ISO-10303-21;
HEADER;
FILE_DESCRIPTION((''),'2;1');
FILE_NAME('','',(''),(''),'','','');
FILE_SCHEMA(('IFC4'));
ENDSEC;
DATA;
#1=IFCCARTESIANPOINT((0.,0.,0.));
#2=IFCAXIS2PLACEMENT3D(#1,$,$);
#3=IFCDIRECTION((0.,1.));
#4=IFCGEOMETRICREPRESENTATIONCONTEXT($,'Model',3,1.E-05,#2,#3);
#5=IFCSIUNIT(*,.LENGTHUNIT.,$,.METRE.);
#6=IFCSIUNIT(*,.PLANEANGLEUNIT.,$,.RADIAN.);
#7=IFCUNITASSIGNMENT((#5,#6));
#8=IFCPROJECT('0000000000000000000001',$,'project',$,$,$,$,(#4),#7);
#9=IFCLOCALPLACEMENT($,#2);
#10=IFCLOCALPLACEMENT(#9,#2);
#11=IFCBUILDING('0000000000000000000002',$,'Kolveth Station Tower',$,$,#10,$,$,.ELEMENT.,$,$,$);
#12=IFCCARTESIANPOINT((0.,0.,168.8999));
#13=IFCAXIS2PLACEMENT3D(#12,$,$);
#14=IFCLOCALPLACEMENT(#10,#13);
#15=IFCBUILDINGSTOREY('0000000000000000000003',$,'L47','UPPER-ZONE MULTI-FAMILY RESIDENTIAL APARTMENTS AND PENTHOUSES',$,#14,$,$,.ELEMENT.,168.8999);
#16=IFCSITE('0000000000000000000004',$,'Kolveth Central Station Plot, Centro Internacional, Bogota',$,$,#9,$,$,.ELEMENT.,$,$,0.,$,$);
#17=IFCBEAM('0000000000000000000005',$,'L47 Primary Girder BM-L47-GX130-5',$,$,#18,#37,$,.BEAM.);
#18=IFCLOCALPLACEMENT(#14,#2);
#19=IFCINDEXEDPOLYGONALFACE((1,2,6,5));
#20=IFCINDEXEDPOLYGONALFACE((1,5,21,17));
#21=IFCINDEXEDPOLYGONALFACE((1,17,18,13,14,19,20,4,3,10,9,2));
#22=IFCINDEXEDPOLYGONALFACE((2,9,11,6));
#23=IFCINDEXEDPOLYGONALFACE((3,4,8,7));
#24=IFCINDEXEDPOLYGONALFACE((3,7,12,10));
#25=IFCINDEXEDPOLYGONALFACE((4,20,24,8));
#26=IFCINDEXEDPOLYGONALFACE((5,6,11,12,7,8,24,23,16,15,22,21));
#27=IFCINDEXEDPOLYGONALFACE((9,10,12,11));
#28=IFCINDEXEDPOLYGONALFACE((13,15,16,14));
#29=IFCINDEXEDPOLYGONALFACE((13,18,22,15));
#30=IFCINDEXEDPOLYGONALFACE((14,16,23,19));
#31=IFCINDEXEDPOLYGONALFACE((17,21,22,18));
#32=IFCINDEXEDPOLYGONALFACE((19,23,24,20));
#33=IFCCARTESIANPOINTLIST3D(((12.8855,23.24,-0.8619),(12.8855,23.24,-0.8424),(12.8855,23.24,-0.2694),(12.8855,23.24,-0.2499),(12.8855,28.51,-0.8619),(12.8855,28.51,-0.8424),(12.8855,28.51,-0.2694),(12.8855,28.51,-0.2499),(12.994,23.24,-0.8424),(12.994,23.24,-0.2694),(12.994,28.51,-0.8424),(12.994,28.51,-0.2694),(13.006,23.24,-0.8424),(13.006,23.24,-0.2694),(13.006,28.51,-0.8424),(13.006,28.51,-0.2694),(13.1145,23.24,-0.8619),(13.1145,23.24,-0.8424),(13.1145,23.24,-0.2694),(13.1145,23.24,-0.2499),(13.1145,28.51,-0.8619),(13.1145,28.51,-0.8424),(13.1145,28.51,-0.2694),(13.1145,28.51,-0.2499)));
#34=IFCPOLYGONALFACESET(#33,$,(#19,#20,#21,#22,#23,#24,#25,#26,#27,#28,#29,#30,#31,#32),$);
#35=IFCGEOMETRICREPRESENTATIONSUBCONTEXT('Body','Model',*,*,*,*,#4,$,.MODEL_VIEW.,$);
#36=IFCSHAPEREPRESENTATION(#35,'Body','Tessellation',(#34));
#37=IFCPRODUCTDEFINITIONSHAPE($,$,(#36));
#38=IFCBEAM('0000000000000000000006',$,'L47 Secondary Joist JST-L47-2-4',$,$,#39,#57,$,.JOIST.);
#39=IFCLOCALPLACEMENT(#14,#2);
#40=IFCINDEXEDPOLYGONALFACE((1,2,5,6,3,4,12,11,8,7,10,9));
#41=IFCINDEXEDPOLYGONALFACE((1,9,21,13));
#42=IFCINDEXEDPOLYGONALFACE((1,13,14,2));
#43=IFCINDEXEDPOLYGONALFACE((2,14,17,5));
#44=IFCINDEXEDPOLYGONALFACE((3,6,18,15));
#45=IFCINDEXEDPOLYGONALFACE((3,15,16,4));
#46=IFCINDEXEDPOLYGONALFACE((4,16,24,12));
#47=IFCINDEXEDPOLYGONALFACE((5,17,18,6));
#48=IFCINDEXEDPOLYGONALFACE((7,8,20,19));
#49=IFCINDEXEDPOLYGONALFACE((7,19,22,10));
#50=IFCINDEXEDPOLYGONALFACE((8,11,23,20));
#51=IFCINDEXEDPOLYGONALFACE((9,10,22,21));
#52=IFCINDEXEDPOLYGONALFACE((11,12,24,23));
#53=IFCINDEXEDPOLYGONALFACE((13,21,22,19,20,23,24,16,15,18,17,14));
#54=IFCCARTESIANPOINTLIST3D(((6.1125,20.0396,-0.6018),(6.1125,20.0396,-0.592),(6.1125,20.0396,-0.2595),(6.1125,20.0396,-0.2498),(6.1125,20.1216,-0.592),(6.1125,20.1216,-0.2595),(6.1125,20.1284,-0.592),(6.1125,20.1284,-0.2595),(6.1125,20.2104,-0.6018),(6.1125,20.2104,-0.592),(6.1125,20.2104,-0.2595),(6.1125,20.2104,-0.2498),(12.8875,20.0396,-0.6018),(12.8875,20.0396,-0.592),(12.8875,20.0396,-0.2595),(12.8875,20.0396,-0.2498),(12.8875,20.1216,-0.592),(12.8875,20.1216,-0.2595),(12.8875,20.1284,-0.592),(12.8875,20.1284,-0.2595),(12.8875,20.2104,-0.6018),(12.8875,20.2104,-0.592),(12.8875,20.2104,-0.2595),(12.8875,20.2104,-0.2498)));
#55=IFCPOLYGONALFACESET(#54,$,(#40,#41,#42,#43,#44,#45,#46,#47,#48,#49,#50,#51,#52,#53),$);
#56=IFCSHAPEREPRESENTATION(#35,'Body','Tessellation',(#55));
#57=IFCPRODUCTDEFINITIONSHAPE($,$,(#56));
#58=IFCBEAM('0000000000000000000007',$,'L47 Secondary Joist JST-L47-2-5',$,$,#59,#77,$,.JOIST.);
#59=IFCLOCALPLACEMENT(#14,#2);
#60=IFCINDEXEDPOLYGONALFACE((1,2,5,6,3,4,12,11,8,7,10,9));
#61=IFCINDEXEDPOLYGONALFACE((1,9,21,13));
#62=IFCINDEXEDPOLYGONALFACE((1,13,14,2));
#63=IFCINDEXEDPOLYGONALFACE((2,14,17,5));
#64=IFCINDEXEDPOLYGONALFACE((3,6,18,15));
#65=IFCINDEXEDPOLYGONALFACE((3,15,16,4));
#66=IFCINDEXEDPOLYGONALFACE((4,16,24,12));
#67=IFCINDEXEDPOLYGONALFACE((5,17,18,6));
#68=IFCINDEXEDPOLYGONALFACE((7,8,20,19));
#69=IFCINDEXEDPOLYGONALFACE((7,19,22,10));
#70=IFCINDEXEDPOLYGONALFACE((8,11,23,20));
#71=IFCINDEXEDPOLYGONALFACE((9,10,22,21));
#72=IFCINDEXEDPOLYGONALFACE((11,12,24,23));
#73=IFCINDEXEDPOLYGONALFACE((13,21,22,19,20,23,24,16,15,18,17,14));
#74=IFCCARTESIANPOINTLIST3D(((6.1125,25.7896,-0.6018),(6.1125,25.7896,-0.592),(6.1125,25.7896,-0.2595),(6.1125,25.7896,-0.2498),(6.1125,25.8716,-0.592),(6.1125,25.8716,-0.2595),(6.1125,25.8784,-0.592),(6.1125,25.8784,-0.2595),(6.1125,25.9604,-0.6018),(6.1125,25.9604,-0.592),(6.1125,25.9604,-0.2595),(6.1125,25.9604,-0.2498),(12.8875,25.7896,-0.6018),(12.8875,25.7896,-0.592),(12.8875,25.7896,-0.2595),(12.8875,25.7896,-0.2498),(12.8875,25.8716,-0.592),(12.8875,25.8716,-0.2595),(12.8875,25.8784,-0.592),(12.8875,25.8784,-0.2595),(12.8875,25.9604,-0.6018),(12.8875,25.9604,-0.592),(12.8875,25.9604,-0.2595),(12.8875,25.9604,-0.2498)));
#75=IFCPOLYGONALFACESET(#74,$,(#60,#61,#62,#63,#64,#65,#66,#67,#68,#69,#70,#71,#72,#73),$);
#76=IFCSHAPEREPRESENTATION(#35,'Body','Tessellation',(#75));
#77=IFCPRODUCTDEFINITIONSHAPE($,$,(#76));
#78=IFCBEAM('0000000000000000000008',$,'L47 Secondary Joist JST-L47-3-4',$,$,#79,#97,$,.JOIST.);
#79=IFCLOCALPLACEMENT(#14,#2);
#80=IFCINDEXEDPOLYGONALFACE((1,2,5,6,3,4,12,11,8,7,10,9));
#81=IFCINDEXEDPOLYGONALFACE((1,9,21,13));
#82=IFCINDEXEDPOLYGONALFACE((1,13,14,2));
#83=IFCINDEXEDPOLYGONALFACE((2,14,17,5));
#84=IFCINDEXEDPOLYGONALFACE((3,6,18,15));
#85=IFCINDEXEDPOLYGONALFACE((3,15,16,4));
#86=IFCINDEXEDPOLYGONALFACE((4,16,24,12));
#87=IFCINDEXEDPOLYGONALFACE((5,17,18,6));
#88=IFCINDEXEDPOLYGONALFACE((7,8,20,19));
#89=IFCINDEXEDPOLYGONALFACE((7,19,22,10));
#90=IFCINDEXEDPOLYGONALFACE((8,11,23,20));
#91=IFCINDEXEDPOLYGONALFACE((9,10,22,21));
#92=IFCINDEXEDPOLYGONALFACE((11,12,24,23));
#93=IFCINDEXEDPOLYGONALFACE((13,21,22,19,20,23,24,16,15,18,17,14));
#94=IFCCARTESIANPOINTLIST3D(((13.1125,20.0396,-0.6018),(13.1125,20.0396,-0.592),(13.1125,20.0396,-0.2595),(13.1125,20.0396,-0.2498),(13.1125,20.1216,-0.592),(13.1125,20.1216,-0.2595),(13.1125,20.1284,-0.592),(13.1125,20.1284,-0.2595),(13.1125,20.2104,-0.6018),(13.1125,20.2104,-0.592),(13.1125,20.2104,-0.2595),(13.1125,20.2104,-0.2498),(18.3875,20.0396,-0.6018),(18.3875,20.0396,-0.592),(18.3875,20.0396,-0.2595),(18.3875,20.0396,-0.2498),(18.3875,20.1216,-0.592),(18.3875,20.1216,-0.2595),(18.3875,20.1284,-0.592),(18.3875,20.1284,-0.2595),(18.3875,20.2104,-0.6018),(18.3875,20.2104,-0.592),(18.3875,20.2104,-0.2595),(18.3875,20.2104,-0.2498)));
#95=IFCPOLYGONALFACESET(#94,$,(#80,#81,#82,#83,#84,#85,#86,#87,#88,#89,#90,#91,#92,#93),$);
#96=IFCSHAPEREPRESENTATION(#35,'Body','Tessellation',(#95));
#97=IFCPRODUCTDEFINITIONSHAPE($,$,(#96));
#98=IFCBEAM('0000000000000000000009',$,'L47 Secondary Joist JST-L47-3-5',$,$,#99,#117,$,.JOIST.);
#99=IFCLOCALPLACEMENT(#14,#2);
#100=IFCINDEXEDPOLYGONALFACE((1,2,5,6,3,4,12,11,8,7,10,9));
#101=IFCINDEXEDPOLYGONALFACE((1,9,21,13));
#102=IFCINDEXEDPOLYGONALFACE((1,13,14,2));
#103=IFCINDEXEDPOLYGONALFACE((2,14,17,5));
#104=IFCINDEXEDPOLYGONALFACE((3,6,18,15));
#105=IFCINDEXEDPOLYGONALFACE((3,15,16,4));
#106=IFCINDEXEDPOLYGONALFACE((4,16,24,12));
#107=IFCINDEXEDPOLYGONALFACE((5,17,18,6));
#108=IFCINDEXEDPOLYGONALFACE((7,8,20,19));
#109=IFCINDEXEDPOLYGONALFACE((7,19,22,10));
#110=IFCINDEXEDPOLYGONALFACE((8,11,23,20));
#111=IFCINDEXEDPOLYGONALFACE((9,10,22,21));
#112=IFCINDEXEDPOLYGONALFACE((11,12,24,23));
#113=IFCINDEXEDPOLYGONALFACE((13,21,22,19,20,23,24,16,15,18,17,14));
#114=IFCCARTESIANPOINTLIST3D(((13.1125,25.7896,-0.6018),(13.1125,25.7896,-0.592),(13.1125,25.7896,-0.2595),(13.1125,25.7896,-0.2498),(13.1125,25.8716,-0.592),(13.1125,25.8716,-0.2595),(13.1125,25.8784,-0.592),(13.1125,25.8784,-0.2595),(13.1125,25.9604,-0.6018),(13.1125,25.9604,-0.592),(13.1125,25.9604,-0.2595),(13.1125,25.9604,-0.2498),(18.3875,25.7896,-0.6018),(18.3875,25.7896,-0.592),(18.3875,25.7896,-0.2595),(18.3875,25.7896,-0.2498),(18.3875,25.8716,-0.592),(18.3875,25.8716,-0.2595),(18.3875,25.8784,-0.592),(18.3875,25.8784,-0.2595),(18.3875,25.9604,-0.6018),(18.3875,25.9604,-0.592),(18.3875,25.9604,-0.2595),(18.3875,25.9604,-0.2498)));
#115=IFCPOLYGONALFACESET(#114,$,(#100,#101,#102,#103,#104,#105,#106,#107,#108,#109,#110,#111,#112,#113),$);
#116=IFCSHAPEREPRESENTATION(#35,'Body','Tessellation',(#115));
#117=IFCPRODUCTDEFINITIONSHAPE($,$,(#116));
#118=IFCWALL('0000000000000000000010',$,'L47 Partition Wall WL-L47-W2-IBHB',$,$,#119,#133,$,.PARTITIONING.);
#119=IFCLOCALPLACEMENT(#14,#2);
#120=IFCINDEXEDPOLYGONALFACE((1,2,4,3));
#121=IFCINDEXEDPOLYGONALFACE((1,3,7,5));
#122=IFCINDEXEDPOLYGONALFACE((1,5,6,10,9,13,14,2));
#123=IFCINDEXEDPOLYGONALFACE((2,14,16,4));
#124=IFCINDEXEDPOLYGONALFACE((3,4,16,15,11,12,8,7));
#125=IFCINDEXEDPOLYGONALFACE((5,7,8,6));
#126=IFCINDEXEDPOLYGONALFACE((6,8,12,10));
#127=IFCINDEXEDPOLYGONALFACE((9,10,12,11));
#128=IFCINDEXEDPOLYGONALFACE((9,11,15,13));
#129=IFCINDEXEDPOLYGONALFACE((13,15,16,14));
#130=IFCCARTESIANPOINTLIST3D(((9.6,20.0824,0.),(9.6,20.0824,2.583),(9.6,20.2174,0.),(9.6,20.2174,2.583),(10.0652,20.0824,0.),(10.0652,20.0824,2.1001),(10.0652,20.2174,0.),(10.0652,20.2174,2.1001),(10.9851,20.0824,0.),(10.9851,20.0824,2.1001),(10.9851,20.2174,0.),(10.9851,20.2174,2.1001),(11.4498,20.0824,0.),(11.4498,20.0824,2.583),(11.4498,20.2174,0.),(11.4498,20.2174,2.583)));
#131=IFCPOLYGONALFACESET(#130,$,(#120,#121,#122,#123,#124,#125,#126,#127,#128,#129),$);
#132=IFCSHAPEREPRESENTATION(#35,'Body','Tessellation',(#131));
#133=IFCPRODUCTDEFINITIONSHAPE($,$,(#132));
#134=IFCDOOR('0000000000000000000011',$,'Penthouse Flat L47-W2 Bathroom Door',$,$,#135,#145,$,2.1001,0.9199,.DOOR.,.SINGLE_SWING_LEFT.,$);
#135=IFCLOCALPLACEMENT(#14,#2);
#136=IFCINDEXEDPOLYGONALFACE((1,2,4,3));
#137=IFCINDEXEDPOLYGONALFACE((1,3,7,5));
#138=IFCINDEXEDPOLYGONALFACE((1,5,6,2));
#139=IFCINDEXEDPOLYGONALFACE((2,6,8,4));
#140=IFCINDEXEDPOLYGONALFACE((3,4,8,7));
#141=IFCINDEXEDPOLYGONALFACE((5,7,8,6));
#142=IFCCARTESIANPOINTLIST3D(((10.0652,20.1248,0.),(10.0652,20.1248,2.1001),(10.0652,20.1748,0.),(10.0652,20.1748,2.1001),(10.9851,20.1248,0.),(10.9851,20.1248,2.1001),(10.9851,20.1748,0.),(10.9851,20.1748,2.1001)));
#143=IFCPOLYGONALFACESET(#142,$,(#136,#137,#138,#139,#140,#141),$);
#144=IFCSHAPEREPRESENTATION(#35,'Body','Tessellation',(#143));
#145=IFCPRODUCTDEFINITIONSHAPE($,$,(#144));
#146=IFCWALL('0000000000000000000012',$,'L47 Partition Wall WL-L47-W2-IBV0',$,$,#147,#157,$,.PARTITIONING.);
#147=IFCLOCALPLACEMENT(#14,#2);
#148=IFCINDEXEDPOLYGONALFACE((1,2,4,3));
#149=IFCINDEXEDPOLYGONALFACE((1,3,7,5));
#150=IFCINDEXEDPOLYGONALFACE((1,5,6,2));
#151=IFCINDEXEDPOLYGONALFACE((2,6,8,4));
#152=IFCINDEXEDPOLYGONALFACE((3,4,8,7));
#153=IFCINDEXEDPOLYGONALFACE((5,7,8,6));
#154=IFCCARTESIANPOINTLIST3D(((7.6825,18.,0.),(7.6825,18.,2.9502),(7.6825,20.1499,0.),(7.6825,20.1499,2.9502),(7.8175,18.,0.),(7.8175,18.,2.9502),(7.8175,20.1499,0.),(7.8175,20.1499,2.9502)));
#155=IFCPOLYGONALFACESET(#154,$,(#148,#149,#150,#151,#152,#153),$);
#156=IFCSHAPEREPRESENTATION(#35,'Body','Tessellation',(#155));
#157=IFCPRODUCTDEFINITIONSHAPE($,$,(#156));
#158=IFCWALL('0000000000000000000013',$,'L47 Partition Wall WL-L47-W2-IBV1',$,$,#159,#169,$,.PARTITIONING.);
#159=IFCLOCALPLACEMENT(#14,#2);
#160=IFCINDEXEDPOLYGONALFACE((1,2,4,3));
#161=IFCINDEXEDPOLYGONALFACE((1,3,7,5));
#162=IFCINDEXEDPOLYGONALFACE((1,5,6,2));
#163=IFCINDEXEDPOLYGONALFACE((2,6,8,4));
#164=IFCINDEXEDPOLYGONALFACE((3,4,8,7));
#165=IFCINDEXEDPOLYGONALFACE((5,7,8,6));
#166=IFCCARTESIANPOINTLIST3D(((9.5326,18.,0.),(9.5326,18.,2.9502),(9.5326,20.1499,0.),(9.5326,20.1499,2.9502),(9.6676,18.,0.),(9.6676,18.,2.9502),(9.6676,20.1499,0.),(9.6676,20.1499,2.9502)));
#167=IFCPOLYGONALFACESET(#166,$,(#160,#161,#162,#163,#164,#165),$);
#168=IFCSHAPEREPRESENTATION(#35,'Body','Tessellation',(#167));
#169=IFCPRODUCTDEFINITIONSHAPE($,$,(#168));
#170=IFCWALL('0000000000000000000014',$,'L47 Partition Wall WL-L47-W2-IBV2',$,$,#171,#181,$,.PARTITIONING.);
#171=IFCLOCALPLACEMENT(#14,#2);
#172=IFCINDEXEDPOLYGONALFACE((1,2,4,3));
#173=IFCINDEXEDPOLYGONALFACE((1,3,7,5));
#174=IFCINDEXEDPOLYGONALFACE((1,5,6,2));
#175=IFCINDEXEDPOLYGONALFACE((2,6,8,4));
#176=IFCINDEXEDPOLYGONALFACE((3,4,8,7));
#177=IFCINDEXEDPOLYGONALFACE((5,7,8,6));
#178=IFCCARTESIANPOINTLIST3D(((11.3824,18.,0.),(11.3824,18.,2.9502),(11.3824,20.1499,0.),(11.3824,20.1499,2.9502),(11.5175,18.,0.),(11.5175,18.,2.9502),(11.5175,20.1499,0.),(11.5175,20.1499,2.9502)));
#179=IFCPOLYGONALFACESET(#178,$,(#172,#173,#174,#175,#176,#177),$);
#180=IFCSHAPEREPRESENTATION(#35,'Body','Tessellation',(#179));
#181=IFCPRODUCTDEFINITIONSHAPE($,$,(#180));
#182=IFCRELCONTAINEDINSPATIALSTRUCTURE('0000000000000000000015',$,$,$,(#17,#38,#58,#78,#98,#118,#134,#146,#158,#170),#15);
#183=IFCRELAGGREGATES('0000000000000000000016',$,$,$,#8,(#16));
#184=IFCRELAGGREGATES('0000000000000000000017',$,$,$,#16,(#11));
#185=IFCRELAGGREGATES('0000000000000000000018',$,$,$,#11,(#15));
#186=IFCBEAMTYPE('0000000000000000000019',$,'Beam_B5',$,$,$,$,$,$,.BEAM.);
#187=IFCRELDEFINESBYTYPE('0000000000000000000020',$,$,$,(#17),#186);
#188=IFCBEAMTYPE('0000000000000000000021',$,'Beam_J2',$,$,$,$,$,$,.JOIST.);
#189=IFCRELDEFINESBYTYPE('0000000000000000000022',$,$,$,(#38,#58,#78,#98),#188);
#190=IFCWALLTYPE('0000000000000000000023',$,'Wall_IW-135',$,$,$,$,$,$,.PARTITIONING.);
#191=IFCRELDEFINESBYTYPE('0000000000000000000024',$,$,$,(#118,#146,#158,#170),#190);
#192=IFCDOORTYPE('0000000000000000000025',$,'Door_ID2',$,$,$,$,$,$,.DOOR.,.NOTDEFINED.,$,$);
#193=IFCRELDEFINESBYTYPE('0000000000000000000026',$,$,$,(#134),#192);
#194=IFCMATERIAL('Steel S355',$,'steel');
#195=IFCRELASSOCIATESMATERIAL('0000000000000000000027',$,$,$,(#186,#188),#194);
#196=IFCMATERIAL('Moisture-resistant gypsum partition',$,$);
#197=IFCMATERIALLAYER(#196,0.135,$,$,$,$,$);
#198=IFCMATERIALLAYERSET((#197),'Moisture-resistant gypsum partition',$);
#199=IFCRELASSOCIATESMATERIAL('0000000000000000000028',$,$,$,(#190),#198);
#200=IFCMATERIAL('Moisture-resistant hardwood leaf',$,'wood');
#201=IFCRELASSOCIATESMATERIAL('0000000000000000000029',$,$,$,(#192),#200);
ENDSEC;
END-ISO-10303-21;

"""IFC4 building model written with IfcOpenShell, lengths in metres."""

from ifc_helpers import new_model, si_unit, direction, frame, frame_2d, origin, origin_2d, place, context, subcontext, project, spatial, rectangle, i_section, extrude, source, transform, mapped, material, layer, layer_set, material_profile, profile_set, type_object, element, fill, save


model = new_model("IFC4")

# Units and contexts
model_context = context("Model", 3, precision=1e-05, world=origin(), true_north=direction((0.0, 1.0)))
body_context = subcontext(model_context, "Body", "Model", "MODEL_VIEW")
ifc_project = project(units=[si_unit("LENGTHUNIT", "METRE"), si_unit("PLANEANGLEUNIT", "RADIAN")], contexts=[model_context])

# Site, building, storey
site_placement = place(None, origin())
site = spatial("IfcSite", under=ifc_project, at=site_placement, Name="Kolveth Central Station Plot, Centro Internacional, Bogota", CompositionType="ELEMENT", RefElevation=0.0)
building_placement = place(site_placement, origin())
building = spatial("IfcBuilding", under=site, at=building_placement, Name="Kolveth Station Tower", CompositionType="ELEMENT")
storey_placement = place(building_placement, frame((0.0, 0.0, 168.8999)))
storey = spatial("IfcBuildingStorey", under=building, at=storey_placement, Name="L47", Description="UPPER-ZONE MULTI-FAMILY RESIDENTIAL APARTMENTS AND PENTHOUSES", CompositionType="ELEMENT", Elevation=168.8999)

# Shared definitions
ifc_material_1 = material(Name="Steel S355", Category="steel")

# Beams
ifc_material_profile_1 = material_profile(ifc_material_1, i_section(OverallWidth=0.229, OverallDepth=0.6121, WebThickness=0.012, FlangeThickness=0.0195, at=origin_2d()), Name="W610x125")
ifc_profile_set_1 = profile_set([ifc_material_profile_1], Name="Steel S355")
beam_type_1 = type_object("IfcBeamType", Name="Beam_B5", PredefinedType="BEAM", material=ifc_profile_set_1)
shared_shape_1 = source(origin(), body_context, "Body", "SweptSolid", [
    extrude(i_section(OverallWidth=0.229, OverallDepth=0.6121, WebThickness=0.012, FlangeThickness=0.0195, at=origin_2d()), origin(), (0.0, 0.0, 1.0), 5.27),
])
for number, where, z_axis, x_axis, name in (
    (1, (13.0, 23.24, -0.5559), (0.0, 1.0, 0.0), (-1.0, 0.0, 0.0), "L47 Primary Girder BM-L47-GX130-5"),
):
    element("IfcBeam", number, at=place(storey_placement, frame(where, z_axis=z_axis, x_axis=x_axis)), inside=storey, type_object=beam_type_1, Name=name, PredefinedType="BEAM", context=body_context, shape_type="MappedRepresentation", body=[
        mapped(shared_shape_1, transform((0.0, 0.0, 0.0), x_axis=(1.0, 0.0, 0.0), y_axis=(0.0, 1.0, 0.0), z_axis=(0.0, 0.0, 1.0), scale=1.0)),
    ])
ifc_material_profile_2 = material_profile(ifc_material_1, i_section(OverallWidth=0.1709, OverallDepth=0.3521, WebThickness=0.0068, FlangeThickness=0.0098, at=origin_2d()), Name="W360x44")
ifc_profile_set_2 = profile_set([ifc_material_profile_2], Name="Steel S355")
beam_type_2 = type_object("IfcBeamType", Name="Beam_J2", PredefinedType="JOIST", material=ifc_profile_set_2)
shared_shape_2 = source(origin(), body_context, "Body", "SweptSolid", [
    extrude(i_section(OverallWidth=0.1709, OverallDepth=0.3521, WebThickness=0.0068, FlangeThickness=0.0098, at=origin_2d()), origin(), (0.0, 0.0, 1.0), 6.7749),
])
for number, where, z_axis, x_axis, name in (
    (2, (6.1125, 20.125, -0.4258), (1.0, 0.0, 0.0), (0.0, 1.0, 0.0), "L47 Secondary Joist JST-L47-2-4"),
    (3, (6.1125, 25.875, -0.4258), (1.0, 0.0, 0.0), (0.0, 1.0, 0.0), "L47 Secondary Joist JST-L47-2-5"),
):
    element("IfcBeam", number, at=place(storey_placement, frame(where, z_axis=z_axis, x_axis=x_axis)), inside=storey, type_object=beam_type_2, Name=name, PredefinedType="JOIST", context=body_context, shape_type="MappedRepresentation", body=[
        mapped(shared_shape_2, transform((0.0, 0.0, 0.0), x_axis=(1.0, 0.0, 0.0), y_axis=(0.0, 1.0, 0.0), z_axis=(0.0, 0.0, 1.0), scale=1.0)),
    ])
shared_shape_3 = source(origin(), body_context, "Body", "SweptSolid", [
    extrude(i_section(OverallWidth=0.1709, OverallDepth=0.3521, WebThickness=0.0068, FlangeThickness=0.0098, at=origin_2d()), origin(), (0.0, 0.0, 1.0), 5.2749),
])
for number, where, z_axis, x_axis, name in (
    (4, (13.1125, 20.125, -0.4258), (1.0, 0.0, 0.0), (0.0, 1.0, 0.0), "L47 Secondary Joist JST-L47-3-4"),
    (5, (13.1125, 25.875, -0.4258), (1.0, 0.0, 0.0), (0.0, 1.0, 0.0), "L47 Secondary Joist JST-L47-3-5"),
):
    element("IfcBeam", number, at=place(storey_placement, frame(where, z_axis=z_axis, x_axis=x_axis)), inside=storey, type_object=beam_type_2, Name=name, PredefinedType="JOIST", context=body_context, shape_type="MappedRepresentation", body=[
        mapped(shared_shape_3, transform((0.0, 0.0, 0.0), x_axis=(1.0, 0.0, 0.0), y_axis=(0.0, 1.0, 0.0), z_axis=(0.0, 0.0, 1.0), scale=1.0)),
    ])

# Wall, opening, door
ifc_material_2 = material(Name="Moisture-resistant gypsum partition")
ifc_layer_1 = layer(ifc_material_2, 0.135)
ifc_layer_set_1 = layer_set([ifc_layer_1], Name="Moisture-resistant gypsum partition")
wall_type_1 = type_object("IfcWallType", Name="Wall_IW-135", PredefinedType="PARTITIONING", material=ifc_layer_set_1)
wall_1_placement = place(storey_placement, frame((9.6001, 20.1499, 0.0), z_axis=(0.0, 0.0, 1.0), x_axis=(1.0, 0.0, 0.0)))
wall_1 = element("IfcWall", 6, at=wall_1_placement, inside=storey, type_object=wall_type_1, Name="L47 Partition Wall WL-L47-W2-IBHB", PredefinedType="PARTITIONING", context=body_context, shape_type="SweptSolid", body=[
    extrude(rectangle(XDim=1.8499, YDim=0.135, at=frame_2d((0.9248, 0.0))), origin(), (0.0, 0.0, 1.0), 2.583),
])
opening_1_placement = place(wall_1_placement, frame((0.4651, 0.0, 0.0)))
opening_1 = element("IfcOpeningElement", 7, at=opening_1_placement, cuts=wall_1, PredefinedType="OPENING", context=body_context, shape_type="SweptSolid", body=[
    extrude(rectangle(XDim=0.9199, YDim=2.1001, at=frame_2d((0.46, 1.05))), frame((0.0, 0.0774, 0.0), z_axis=(0.0, -1.0, 0.0), x_axis=(1.0, 0.0, 0.0)), (0.0, 0.0, 1.0), 0.155),
])
ifc_material_3 = material(Name="Moisture-resistant hardwood leaf", Category="wood")
door_type_1 = type_object("IfcDoorType", Name="Door_ID2", OperationType="NOTDEFINED", PredefinedType="DOOR", material=ifc_material_3)
door_1_placement = place(opening_1_placement, origin())
door_1 = element("IfcDoor", 8, at=door_1_placement, inside=storey, type_object=door_type_1, Name="Penthouse Flat L47-W2 Bathroom Door", OperationType="SINGLE_SWING_LEFT", OverallHeight=2.1001, OverallWidth=0.9199, PredefinedType="DOOR", context=body_context, shape_type="SweptSolid", body=[
    extrude(rectangle(XDim=0.9199, YDim=2.1001, at=frame_2d((0.46, 1.05))), frame((0.0, 0.0249, 0.0), z_axis=(0.0, -1.0, 0.0), x_axis=(1.0, 0.0, 0.0)), (0.0, 0.0, 1.0), 0.05),
])
fill(opening_1, door_1)

# Walls
for number, where, z_axis, x_axis, name in (
    (9, (7.75, 18.0, 0.0), (0.0, 0.0, 1.0), (0.0, 1.0, 0.0), "L47 Partition Wall WL-L47-W2-IBV0"),
    (10, (9.6001, 18.0, 0.0), (0.0, 0.0, 1.0), (0.0, 1.0, 0.0), "L47 Partition Wall WL-L47-W2-IBV1"),
    (11, (11.45, 18.0, 0.0), (0.0, 0.0, 1.0), (0.0, 1.0, 0.0), "L47 Partition Wall WL-L47-W2-IBV2"),
):
    element("IfcWall", number, at=place(storey_placement, frame(where, z_axis=z_axis, x_axis=x_axis)), inside=storey, type_object=wall_type_1, Name=name, PredefinedType="PARTITIONING", context=body_context, shape_type="SweptSolid", body=[
        extrude(rectangle(XDim=2.1499, YDim=0.135, at=frame_2d((1.075, 0.0))), origin(), (0.0, 0.0, 1.0), 2.9502),
    ])

save(model, "model.ifc")
